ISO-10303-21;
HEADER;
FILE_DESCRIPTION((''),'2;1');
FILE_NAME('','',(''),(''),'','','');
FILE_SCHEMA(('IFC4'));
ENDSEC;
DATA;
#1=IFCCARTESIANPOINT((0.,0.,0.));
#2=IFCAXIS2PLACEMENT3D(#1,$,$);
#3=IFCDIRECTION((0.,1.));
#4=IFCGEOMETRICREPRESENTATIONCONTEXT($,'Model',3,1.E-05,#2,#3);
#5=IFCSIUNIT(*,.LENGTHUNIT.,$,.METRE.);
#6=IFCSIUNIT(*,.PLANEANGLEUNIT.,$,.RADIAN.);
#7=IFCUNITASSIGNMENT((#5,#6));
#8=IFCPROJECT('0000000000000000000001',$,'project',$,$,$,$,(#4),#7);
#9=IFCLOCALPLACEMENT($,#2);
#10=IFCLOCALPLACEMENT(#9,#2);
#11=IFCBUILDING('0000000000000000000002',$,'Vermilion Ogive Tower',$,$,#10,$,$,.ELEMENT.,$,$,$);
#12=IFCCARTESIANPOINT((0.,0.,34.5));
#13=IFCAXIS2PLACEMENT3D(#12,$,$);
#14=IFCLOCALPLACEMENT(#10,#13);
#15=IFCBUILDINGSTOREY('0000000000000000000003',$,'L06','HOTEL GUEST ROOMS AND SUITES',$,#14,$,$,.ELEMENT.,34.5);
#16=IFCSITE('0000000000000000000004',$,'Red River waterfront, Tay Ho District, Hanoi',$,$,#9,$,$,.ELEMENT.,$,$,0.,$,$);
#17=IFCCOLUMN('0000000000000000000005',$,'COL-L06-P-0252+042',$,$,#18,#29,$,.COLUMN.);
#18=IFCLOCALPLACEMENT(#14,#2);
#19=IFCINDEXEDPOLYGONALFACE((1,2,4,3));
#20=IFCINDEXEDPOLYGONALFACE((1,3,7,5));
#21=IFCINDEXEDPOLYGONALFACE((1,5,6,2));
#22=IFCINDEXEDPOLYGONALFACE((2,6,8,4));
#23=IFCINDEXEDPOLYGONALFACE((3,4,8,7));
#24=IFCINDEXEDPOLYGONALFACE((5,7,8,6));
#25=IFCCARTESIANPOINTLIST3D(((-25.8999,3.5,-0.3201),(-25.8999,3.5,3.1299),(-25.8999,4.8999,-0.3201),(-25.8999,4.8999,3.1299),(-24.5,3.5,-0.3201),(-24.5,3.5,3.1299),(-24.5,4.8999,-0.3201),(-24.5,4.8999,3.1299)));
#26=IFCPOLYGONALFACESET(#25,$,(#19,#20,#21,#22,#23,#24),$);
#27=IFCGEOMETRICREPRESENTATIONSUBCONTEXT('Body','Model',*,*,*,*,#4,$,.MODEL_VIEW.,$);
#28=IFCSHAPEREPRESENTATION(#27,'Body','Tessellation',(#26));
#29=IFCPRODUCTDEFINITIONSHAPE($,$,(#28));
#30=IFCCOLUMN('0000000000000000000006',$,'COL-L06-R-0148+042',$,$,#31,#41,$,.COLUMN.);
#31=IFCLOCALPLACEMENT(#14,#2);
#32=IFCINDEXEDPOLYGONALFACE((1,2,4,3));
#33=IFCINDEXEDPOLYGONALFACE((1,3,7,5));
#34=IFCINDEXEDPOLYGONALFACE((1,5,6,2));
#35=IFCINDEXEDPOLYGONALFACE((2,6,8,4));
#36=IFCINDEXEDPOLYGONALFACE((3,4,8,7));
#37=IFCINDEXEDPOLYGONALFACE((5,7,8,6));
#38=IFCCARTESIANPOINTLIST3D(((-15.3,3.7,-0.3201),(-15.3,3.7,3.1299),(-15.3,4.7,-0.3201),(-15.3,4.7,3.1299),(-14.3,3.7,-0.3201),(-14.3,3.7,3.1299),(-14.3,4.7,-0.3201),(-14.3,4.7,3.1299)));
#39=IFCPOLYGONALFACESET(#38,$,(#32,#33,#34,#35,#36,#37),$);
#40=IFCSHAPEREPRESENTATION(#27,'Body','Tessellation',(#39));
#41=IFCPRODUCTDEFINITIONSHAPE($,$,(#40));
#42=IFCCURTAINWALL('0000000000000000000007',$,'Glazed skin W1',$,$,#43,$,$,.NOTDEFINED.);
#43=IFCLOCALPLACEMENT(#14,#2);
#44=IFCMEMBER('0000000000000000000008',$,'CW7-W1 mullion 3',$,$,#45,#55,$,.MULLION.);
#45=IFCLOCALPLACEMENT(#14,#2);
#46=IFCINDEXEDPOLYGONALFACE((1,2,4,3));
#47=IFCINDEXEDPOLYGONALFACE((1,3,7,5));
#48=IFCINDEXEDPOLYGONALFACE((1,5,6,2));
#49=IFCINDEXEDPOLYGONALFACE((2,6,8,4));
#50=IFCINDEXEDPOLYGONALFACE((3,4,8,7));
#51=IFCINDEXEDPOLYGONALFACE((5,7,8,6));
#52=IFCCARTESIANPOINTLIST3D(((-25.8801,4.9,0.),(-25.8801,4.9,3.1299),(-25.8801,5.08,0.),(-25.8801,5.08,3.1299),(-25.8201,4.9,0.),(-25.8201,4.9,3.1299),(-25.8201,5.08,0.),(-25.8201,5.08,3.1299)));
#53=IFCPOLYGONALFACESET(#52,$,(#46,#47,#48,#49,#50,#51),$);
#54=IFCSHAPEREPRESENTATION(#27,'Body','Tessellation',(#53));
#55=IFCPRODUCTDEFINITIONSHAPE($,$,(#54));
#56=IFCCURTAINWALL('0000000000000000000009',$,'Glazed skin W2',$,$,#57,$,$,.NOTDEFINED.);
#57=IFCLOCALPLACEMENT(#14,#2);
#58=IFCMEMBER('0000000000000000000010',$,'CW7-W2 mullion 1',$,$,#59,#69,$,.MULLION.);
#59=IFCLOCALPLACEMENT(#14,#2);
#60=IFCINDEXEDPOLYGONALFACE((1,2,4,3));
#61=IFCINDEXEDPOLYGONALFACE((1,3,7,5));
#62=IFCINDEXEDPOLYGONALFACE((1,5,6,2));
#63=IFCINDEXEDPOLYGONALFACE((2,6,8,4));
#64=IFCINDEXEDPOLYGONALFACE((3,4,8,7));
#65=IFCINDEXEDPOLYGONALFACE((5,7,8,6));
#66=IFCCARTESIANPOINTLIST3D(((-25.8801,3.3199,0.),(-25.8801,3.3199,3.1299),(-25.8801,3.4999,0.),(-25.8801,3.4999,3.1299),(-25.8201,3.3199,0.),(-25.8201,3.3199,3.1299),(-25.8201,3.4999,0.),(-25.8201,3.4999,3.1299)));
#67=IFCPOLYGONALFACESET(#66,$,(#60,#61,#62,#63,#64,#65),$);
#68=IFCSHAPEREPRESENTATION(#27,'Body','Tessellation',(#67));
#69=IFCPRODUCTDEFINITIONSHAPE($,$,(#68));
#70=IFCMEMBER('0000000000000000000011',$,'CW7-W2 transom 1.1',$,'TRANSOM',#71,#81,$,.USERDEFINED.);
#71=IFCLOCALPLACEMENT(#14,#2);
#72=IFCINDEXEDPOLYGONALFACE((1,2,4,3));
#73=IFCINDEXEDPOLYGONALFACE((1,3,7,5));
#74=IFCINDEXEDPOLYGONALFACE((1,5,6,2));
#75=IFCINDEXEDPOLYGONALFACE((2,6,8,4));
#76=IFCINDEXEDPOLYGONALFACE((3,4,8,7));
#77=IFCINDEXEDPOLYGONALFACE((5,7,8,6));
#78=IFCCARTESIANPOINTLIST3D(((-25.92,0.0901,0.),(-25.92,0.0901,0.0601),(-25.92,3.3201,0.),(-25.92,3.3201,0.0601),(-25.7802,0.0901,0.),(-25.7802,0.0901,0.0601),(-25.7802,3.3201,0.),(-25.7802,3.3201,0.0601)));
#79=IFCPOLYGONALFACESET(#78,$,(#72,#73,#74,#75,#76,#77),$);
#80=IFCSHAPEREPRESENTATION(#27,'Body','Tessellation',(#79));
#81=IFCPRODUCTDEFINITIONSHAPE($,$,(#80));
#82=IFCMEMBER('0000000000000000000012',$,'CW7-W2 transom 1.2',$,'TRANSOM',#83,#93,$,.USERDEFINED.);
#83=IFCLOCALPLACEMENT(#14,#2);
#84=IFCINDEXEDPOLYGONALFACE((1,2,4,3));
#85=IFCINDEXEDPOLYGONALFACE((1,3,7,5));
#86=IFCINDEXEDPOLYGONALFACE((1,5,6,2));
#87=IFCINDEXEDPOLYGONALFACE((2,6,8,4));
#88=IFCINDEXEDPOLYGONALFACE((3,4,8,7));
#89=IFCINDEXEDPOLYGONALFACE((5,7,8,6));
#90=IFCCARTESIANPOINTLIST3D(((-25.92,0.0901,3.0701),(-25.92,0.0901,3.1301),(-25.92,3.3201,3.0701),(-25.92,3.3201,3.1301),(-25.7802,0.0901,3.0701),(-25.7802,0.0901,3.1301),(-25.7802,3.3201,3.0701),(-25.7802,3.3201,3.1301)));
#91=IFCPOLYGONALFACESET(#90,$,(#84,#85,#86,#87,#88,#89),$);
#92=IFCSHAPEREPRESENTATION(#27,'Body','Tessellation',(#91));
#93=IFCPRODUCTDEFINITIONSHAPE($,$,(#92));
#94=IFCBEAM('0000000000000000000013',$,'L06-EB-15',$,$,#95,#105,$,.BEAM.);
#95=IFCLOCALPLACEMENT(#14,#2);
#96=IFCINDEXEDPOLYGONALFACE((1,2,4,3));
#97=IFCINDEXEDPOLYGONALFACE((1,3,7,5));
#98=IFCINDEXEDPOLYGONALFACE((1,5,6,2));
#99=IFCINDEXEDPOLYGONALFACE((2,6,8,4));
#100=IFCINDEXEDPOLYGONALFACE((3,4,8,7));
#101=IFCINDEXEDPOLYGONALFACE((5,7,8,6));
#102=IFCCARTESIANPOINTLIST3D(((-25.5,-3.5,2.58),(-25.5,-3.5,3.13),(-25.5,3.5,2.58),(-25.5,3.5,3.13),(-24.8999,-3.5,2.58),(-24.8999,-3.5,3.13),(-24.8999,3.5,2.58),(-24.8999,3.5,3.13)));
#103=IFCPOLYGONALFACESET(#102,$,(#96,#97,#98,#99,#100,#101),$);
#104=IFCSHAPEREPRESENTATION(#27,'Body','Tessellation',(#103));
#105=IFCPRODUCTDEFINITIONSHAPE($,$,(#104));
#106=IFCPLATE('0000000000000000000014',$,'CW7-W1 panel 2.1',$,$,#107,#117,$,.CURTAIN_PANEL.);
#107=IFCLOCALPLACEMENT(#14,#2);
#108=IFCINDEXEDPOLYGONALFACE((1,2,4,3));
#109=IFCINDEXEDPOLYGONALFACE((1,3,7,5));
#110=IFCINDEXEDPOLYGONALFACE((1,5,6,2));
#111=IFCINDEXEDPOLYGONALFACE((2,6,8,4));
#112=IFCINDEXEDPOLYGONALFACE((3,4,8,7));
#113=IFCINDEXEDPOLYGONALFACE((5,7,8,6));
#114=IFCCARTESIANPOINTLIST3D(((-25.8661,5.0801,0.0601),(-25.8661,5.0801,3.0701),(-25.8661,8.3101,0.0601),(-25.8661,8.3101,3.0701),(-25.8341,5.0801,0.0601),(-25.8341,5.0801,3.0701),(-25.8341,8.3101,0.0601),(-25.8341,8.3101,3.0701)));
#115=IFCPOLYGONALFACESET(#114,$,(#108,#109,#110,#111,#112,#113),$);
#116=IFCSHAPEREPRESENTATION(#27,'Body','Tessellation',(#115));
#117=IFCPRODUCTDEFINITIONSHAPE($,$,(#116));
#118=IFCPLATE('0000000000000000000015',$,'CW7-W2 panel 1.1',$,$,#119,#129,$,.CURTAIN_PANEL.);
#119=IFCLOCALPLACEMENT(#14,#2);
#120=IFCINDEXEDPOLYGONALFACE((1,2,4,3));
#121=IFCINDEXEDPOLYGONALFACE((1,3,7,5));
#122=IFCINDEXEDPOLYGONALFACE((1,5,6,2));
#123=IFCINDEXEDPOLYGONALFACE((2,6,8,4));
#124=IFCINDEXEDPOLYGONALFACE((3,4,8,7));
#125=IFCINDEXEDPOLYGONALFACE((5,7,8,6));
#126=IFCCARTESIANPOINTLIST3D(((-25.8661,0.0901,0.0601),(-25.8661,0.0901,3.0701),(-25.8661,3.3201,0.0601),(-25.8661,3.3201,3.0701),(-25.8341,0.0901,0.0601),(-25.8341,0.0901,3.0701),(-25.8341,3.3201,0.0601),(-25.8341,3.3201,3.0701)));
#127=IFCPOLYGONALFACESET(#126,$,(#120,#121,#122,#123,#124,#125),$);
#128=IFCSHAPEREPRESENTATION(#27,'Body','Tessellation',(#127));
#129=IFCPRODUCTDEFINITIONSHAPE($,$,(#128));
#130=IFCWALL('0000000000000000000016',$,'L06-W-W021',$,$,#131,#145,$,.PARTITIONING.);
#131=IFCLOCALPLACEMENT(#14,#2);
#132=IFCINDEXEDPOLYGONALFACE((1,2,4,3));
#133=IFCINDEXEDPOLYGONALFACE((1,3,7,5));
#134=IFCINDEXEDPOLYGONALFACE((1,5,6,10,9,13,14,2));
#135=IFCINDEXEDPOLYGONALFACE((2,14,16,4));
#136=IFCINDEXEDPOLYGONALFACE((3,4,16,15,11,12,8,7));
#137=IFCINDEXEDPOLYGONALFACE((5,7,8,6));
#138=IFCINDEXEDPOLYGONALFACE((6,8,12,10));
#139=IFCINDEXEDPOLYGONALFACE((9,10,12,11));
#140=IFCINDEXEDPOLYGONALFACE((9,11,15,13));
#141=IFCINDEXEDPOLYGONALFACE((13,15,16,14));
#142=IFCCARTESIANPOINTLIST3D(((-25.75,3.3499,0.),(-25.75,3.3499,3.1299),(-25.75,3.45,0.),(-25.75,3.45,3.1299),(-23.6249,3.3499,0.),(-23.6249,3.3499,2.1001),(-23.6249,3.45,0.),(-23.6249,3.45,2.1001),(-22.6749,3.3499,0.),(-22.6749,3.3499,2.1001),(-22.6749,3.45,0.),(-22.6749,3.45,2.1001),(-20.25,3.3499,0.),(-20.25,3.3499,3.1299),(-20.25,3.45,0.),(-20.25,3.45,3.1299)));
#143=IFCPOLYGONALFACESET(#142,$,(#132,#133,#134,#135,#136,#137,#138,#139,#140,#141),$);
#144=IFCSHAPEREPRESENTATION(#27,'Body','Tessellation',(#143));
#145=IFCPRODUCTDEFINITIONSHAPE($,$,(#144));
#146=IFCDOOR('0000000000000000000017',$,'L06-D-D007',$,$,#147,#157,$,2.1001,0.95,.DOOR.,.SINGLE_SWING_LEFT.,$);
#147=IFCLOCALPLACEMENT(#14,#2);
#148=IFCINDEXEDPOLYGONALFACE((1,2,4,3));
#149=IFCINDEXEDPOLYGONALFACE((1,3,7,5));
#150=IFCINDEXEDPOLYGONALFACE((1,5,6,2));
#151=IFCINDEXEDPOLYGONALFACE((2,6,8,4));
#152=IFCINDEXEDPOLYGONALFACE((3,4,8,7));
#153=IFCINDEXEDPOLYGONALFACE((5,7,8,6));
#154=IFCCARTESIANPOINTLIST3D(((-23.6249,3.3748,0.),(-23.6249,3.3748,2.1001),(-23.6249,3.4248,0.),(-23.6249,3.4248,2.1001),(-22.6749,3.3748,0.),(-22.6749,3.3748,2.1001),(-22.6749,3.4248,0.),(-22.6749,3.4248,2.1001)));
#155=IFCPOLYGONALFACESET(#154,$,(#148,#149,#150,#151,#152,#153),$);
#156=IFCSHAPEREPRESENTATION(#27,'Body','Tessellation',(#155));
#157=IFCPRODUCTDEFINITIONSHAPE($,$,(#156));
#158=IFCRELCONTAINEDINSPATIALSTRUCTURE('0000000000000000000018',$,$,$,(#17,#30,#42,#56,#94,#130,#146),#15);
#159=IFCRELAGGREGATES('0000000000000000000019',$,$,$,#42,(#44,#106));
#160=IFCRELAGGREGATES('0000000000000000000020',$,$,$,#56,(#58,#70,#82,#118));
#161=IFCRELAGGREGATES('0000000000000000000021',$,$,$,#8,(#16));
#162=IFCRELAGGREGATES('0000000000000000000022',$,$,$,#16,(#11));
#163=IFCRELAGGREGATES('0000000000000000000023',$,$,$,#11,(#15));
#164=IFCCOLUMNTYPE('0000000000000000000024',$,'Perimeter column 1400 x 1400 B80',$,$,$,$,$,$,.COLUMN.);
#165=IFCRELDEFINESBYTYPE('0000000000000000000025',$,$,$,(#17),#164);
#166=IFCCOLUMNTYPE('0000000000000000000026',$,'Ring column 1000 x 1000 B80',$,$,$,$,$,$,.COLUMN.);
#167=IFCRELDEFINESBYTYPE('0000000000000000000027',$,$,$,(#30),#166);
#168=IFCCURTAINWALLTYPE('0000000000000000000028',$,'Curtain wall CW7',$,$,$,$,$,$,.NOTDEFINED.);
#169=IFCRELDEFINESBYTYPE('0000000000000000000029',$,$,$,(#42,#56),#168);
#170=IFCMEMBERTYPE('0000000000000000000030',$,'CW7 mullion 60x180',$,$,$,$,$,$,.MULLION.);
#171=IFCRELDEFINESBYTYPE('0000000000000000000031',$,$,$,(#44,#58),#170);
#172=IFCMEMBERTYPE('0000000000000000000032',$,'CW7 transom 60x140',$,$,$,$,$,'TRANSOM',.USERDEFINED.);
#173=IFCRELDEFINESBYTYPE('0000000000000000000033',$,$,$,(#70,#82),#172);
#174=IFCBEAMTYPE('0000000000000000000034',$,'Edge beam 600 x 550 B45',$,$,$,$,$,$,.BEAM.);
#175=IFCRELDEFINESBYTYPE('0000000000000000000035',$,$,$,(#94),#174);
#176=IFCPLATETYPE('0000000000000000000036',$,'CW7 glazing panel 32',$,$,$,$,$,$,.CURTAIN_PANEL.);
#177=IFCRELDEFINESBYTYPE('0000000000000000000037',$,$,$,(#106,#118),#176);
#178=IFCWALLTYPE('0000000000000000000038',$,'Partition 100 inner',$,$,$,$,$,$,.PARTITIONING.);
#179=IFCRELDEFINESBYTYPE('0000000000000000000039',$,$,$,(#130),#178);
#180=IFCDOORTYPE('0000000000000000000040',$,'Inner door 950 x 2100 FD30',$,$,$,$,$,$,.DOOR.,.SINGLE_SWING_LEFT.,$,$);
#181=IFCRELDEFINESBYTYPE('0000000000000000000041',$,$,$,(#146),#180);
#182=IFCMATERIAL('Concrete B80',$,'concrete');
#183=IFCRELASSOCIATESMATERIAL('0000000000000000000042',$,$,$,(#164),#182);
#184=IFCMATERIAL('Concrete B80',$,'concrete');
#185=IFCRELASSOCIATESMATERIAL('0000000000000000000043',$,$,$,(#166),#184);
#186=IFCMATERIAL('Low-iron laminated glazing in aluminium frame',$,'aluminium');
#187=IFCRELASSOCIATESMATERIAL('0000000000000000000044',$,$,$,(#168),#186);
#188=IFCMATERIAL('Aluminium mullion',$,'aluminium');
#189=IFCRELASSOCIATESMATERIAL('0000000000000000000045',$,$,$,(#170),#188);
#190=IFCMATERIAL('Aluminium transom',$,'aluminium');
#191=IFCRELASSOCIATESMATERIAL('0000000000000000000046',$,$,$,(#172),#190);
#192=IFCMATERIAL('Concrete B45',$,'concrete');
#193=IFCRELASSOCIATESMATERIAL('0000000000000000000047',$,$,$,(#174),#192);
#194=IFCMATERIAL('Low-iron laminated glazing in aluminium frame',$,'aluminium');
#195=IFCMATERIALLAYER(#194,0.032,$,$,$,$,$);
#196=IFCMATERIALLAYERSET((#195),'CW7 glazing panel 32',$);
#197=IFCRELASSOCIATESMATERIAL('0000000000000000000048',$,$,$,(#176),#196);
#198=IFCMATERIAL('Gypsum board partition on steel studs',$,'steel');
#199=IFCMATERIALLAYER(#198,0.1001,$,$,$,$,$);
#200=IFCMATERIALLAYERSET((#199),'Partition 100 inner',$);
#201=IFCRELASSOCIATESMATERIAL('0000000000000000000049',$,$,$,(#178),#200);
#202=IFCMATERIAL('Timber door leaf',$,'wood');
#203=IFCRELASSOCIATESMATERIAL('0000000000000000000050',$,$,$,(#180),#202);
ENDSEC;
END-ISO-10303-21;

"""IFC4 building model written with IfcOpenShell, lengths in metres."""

from ifc_helpers import new_model, si_unit, direction, frame, frame_2d, origin, origin_2d, place, context, subcontext, project, spatial, rectangle, extrude, material, layer, layer_set, material_profile, profile_set, type_object, element, fill, aggregate, save


model = new_model("IFC4")

# Units and contexts
model_context = context("Model", 3, precision=1e-05, world=origin(), true_north=direction((0.0, 1.0)))
body_context = subcontext(model_context, "Body", "Model", "MODEL_VIEW")
ifc_project = project(units=[si_unit("LENGTHUNIT", "METRE"), si_unit("PLANEANGLEUNIT", "RADIAN")], contexts=[model_context])

# Site, building, storey
site_placement = place(None, origin())
site = spatial("IfcSite", under=ifc_project, at=site_placement, Name="Red River waterfront, Tay Ho District, Hanoi", CompositionType="ELEMENT", RefElevation=0.0)
building_placement = place(site_placement, origin())
building = spatial("IfcBuilding", under=site, at=building_placement, Name="Vermilion Ogive Tower", CompositionType="ELEMENT")
storey_placement = place(building_placement, frame((0.0, 0.0, 34.5)))
storey = spatial("IfcBuildingStorey", under=building, at=storey_placement, Name="L06", Description="HOTEL GUEST ROOMS AND SUITES", CompositionType="ELEMENT", Elevation=34.5)

# Columns
ifc_material_1 = material(Name="Concrete B80", Category="concrete")
ifc_material_profile_1 = material_profile(ifc_material_1, rectangle(XDim=1.3999, YDim=1.3999, at=origin_2d()), Name="1400 x 1400")
ifc_profile_set_1 = profile_set([ifc_material_profile_1], Name="Concrete B80")
column_type_1 = type_object("IfcColumnType", Name="Perimeter column 1400 x 1400 B80", PredefinedType="COLUMN", material=ifc_profile_set_1)
column_1_placement = place(storey_placement, frame((-25.2, 4.2, -0.3201), z_axis=(0.0, 0.0, 1.0), x_axis=(1.0, 0.0, 0.0)))
element("IfcColumn", 1, at=column_1_placement, inside=storey, type_object=column_type_1, Name="COL-L06-P-0252+042", PredefinedType="COLUMN", context=body_context, shape_type="SweptSolid", body=[
    extrude(rectangle(XDim=1.3999, YDim=1.3999, at=origin_2d()), origin(), (0.0, 0.0, 1.0), 3.45),
])
ifc_material_2 = material(Name="Concrete B80", Category="concrete")
ifc_material_profile_2 = material_profile(ifc_material_2, rectangle(XDim=1.0, YDim=1.0, at=origin_2d()), Name="1000 x 1000")
ifc_profile_set_2 = profile_set([ifc_material_profile_2], Name="Concrete B80")
column_type_2 = type_object("IfcColumnType", Name="Ring column 1000 x 1000 B80", PredefinedType="COLUMN", material=ifc_profile_set_2)
column_2_placement = place(storey_placement, frame((-14.8, 4.2, -0.3201), z_axis=(0.0, 0.0, 1.0), x_axis=(1.0, 0.0, 0.0)))
element("IfcColumn", 2, at=column_2_placement, inside=storey, type_object=column_type_2, Name="COL-L06-R-0148+042", PredefinedType="COLUMN", context=body_context, shape_type="SweptSolid", body=[
    extrude(rectangle(XDim=1.0, YDim=1.0, at=origin_2d()), origin(), (0.0, 0.0, 1.0), 3.45),
])

# Curtain wall, member
ifc_material_3 = material(Name="Low-iron laminated glazing in aluminium frame", Category="aluminium")
curtain_wall_type = type_object("IfcCurtainWallType", Name="Curtain wall CW7", PredefinedType="NOTDEFINED", material=ifc_material_3)
curtain_wall_1_placement = place(storey_placement, origin())
curtain_wall_1 = element("IfcCurtainWall", 3, at=curtain_wall_1_placement, inside=storey, type_object=curtain_wall_type, Name="Glazed skin W1", PredefinedType="NOTDEFINED")
ifc_material_4 = material(Name="Aluminium mullion", Category="aluminium")
ifc_material_profile_3 = material_profile(ifc_material_4, rectangle(XDim=0.0601, YDim=0.1799, at=origin_2d()), Name="AL 60x180")
ifc_profile_set_3 = profile_set([ifc_material_profile_3], Name="Aluminium mullion")
member_type_1 = type_object("IfcMemberType", Name="CW7 mullion 60x180", PredefinedType="MULLION", material=ifc_profile_set_3)
member_1_placement = place(storey_placement, frame((-25.8501, 4.99, 0.0), z_axis=(0.0, 0.0, 1.0), x_axis=(1.0, 0.0, 0.0)))
member_1 = element("IfcMember", 4, at=member_1_placement, type_object=member_type_1, Name="CW7-W1 mullion 3", PredefinedType="MULLION", context=body_context, shape_type="SweptSolid", body=[
    extrude(rectangle(XDim=0.0601, YDim=0.1799, at=origin_2d()), origin(), (0.0, 0.0, 1.0), 3.1299),
])

# Curtain wall, members
curtain_wall_2_placement = place(storey_placement, origin())
curtain_wall_2 = element("IfcCurtainWall", 5, at=curtain_wall_2_placement, inside=storey, type_object=curtain_wall_type, Name="Glazed skin W2", PredefinedType="NOTDEFINED")
member_2_placement = place(storey_placement, frame((-25.8501, 3.4099, 0.0), z_axis=(0.0, 0.0, 1.0), x_axis=(1.0, 0.0, 0.0)))
member_2 = element("IfcMember", 6, at=member_2_placement, type_object=member_type_1, Name="CW7-W2 mullion 1", PredefinedType="MULLION", context=body_context, shape_type="SweptSolid", body=[
    extrude(rectangle(XDim=0.0601, YDim=0.1799, at=origin_2d()), origin(), (0.0, 0.0, 1.0), 3.1299),
])
ifc_material_5 = material(Name="Aluminium transom", Category="aluminium")
ifc_material_profile_4 = material_profile(ifc_material_5, rectangle(XDim=0.1399, YDim=0.0601, at=origin_2d()), Name="AL 60x140")
ifc_profile_set_4 = profile_set([ifc_material_profile_4], Name="Aluminium transom")
member_type_2 = type_object("IfcMemberType", Name="CW7 transom 60x140", ElementType="TRANSOM", PredefinedType="USERDEFINED", material=ifc_profile_set_4)
member_3_placement = place(storey_placement, frame((-25.8501, 3.3201, 0.03), z_axis=(0.0, -1.0, 0.0), x_axis=(1.0, 0.0, 0.0)))
member_3 = element("IfcMember", 7, at=member_3_placement, type_object=member_type_2, Name="CW7-W2 transom 1.1", ObjectType="TRANSOM", PredefinedType="USERDEFINED", context=body_context, shape_type="SweptSolid", body=[
    extrude(rectangle(XDim=0.1399, YDim=0.0601, at=origin_2d()), origin(), (0.0, 0.0, 1.0), 3.23),
])
member_4_placement = place(storey_placement, frame((-25.8501, 3.3201, 3.1001), z_axis=(0.0, -1.0, 0.0), x_axis=(1.0, 0.0, 0.0)))
member_4 = element("IfcMember", 8, at=member_4_placement, type_object=member_type_2, Name="CW7-W2 transom 1.2", ObjectType="TRANSOM", PredefinedType="USERDEFINED", context=body_context, shape_type="SweptSolid", body=[
    extrude(rectangle(XDim=0.1399, YDim=0.0601, at=origin_2d()), origin(), (0.0, 0.0, 1.0), 3.23),
])

# Beam
ifc_material_6 = material(Name="Concrete B45", Category="concrete")
ifc_material_profile_5 = material_profile(ifc_material_6, rectangle(XDim=0.6001, YDim=0.55, at=origin_2d()), Name="600 x 550")
ifc_profile_set_5 = profile_set([ifc_material_profile_5], Name="Concrete B45")
beam_type = type_object("IfcBeamType", Name="Edge beam 600 x 550 B45", PredefinedType="BEAM", material=ifc_profile_set_5)
beam_placement = place(storey_placement, frame((-25.2, 3.5, 2.855), z_axis=(0.0, -1.0, 0.0), x_axis=(1.0, 0.0, 0.0)))
element("IfcBeam", 9, at=beam_placement, inside=storey, type_object=beam_type, Name="L06-EB-15", PredefinedType="BEAM", context=body_context, shape_type="SweptSolid", body=[
    extrude(rectangle(XDim=0.6001, YDim=0.55, at=origin_2d()), origin(), (0.0, 0.0, 1.0), 7.0),
])

# Plates
ifc_material_7 = material(Name="Low-iron laminated glazing in aluminium frame", Category="aluminium")
ifc_layer_1 = layer(ifc_material_7, 0.032)
ifc_layer_set_1 = layer_set([ifc_layer_1], Name="CW7 glazing panel 32")
plate_type = type_object("IfcPlateType", Name="CW7 glazing panel 32", PredefinedType="CURTAIN_PANEL", material=ifc_layer_set_1)
plate_1_placement = place(storey_placement, frame((-25.8501, 6.6951, 0.0601), z_axis=(0.0, 0.0, 1.0), x_axis=(0.0, -1.0, 0.0)))
plate_1 = element("IfcPlate", 10, at=plate_1_placement, type_object=plate_type, Name="CW7-W1 panel 2.1", PredefinedType="CURTAIN_PANEL", context=body_context, shape_type="SweptSolid", body=[
    extrude(rectangle(XDim=3.23, YDim=0.032, at=origin_2d()), origin(), (0.0, 0.0, 1.0), 3.01),
])
aggregate(curtain_wall_1, [member_1, plate_1])
plate_2_placement = place(storey_placement, frame((-25.8501, 1.7051, 0.0601), z_axis=(0.0, 0.0, 1.0), x_axis=(0.0, -1.0, 0.0)))
plate_2 = element("IfcPlate", 11, at=plate_2_placement, type_object=plate_type, Name="CW7-W2 panel 1.1", PredefinedType="CURTAIN_PANEL", context=body_context, shape_type="SweptSolid", body=[
    extrude(rectangle(XDim=3.23, YDim=0.032, at=origin_2d()), origin(), (0.0, 0.0, 1.0), 3.01),
])
aggregate(curtain_wall_2, [member_2, member_3, member_4, plate_2])

# Wall, opening, door
ifc_material_8 = material(Name="Gypsum board partition on steel studs", Category="steel")
ifc_layer_2 = layer(ifc_material_8, 0.1001)
ifc_layer_set_2 = layer_set([ifc_layer_2], Name="Partition 100 inner")
wall_type_1 = type_object("IfcWallType", Name="Partition 100 inner", PredefinedType="PARTITIONING", material=ifc_layer_set_2)
wall_1_placement = place(storey_placement, frame((-25.75, 3.3999, 0.0), z_axis=(0.0, 0.0, 1.0), x_axis=(1.0, 0.0, 0.0)))
wall_1 = element("IfcWall", 12, at=wall_1_placement, inside=storey, type_object=wall_type_1, Name="L06-W-W021", PredefinedType="PARTITIONING", context=body_context, shape_type="SweptSolid", body=[
    extrude(rectangle(XDim=5.5, YDim=0.1001, at=frame_2d((2.75, 0.0))), origin(), (0.0, 0.0, 1.0), 3.1299),
])
opening_1_placement = place(wall_1_placement, frame((2.125, 0.0, 0.0)))
opening_1 = element("IfcOpeningElement", 13, at=opening_1_placement, cuts=wall_1, PredefinedType="OPENING", context=body_context, shape_type="SweptSolid", body=[
    extrude(rectangle(XDim=0.95, YDim=2.1001, at=frame_2d((0.4751, 1.05))), frame((0.0, 0.0601, 0.0), z_axis=(0.0, -1.0, 0.0), x_axis=(1.0, 0.0, 0.0)), (0.0, 0.0, 1.0), 0.1201),
])
ifc_material_9 = material(Name="Timber door leaf", Category="wood")
door_type_1 = type_object("IfcDoorType", Name="Inner door 950 x 2100 FD30", OperationType="SINGLE_SWING_LEFT", PredefinedType="DOOR", material=ifc_material_9)
door_1_placement = place(opening_1_placement, origin())
door_1 = element("IfcDoor", 14, at=door_1_placement, inside=storey, type_object=door_type_1, Name="L06-D-D007", OperationType="SINGLE_SWING_LEFT", OverallHeight=2.1001, OverallWidth=0.95, PredefinedType="DOOR", context=body_context, shape_type="SweptSolid", body=[
    extrude(rectangle(XDim=0.95, YDim=2.1001, at=frame_2d((0.4751, 1.05))), frame((0.0, 0.0249, 0.0), z_axis=(0.0, -1.0, 0.0), x_axis=(1.0, 0.0, 0.0)), (0.0, 0.0, 1.0), 0.05),
])
fill(opening_1, door_1)

save(model, "model.ifc")
